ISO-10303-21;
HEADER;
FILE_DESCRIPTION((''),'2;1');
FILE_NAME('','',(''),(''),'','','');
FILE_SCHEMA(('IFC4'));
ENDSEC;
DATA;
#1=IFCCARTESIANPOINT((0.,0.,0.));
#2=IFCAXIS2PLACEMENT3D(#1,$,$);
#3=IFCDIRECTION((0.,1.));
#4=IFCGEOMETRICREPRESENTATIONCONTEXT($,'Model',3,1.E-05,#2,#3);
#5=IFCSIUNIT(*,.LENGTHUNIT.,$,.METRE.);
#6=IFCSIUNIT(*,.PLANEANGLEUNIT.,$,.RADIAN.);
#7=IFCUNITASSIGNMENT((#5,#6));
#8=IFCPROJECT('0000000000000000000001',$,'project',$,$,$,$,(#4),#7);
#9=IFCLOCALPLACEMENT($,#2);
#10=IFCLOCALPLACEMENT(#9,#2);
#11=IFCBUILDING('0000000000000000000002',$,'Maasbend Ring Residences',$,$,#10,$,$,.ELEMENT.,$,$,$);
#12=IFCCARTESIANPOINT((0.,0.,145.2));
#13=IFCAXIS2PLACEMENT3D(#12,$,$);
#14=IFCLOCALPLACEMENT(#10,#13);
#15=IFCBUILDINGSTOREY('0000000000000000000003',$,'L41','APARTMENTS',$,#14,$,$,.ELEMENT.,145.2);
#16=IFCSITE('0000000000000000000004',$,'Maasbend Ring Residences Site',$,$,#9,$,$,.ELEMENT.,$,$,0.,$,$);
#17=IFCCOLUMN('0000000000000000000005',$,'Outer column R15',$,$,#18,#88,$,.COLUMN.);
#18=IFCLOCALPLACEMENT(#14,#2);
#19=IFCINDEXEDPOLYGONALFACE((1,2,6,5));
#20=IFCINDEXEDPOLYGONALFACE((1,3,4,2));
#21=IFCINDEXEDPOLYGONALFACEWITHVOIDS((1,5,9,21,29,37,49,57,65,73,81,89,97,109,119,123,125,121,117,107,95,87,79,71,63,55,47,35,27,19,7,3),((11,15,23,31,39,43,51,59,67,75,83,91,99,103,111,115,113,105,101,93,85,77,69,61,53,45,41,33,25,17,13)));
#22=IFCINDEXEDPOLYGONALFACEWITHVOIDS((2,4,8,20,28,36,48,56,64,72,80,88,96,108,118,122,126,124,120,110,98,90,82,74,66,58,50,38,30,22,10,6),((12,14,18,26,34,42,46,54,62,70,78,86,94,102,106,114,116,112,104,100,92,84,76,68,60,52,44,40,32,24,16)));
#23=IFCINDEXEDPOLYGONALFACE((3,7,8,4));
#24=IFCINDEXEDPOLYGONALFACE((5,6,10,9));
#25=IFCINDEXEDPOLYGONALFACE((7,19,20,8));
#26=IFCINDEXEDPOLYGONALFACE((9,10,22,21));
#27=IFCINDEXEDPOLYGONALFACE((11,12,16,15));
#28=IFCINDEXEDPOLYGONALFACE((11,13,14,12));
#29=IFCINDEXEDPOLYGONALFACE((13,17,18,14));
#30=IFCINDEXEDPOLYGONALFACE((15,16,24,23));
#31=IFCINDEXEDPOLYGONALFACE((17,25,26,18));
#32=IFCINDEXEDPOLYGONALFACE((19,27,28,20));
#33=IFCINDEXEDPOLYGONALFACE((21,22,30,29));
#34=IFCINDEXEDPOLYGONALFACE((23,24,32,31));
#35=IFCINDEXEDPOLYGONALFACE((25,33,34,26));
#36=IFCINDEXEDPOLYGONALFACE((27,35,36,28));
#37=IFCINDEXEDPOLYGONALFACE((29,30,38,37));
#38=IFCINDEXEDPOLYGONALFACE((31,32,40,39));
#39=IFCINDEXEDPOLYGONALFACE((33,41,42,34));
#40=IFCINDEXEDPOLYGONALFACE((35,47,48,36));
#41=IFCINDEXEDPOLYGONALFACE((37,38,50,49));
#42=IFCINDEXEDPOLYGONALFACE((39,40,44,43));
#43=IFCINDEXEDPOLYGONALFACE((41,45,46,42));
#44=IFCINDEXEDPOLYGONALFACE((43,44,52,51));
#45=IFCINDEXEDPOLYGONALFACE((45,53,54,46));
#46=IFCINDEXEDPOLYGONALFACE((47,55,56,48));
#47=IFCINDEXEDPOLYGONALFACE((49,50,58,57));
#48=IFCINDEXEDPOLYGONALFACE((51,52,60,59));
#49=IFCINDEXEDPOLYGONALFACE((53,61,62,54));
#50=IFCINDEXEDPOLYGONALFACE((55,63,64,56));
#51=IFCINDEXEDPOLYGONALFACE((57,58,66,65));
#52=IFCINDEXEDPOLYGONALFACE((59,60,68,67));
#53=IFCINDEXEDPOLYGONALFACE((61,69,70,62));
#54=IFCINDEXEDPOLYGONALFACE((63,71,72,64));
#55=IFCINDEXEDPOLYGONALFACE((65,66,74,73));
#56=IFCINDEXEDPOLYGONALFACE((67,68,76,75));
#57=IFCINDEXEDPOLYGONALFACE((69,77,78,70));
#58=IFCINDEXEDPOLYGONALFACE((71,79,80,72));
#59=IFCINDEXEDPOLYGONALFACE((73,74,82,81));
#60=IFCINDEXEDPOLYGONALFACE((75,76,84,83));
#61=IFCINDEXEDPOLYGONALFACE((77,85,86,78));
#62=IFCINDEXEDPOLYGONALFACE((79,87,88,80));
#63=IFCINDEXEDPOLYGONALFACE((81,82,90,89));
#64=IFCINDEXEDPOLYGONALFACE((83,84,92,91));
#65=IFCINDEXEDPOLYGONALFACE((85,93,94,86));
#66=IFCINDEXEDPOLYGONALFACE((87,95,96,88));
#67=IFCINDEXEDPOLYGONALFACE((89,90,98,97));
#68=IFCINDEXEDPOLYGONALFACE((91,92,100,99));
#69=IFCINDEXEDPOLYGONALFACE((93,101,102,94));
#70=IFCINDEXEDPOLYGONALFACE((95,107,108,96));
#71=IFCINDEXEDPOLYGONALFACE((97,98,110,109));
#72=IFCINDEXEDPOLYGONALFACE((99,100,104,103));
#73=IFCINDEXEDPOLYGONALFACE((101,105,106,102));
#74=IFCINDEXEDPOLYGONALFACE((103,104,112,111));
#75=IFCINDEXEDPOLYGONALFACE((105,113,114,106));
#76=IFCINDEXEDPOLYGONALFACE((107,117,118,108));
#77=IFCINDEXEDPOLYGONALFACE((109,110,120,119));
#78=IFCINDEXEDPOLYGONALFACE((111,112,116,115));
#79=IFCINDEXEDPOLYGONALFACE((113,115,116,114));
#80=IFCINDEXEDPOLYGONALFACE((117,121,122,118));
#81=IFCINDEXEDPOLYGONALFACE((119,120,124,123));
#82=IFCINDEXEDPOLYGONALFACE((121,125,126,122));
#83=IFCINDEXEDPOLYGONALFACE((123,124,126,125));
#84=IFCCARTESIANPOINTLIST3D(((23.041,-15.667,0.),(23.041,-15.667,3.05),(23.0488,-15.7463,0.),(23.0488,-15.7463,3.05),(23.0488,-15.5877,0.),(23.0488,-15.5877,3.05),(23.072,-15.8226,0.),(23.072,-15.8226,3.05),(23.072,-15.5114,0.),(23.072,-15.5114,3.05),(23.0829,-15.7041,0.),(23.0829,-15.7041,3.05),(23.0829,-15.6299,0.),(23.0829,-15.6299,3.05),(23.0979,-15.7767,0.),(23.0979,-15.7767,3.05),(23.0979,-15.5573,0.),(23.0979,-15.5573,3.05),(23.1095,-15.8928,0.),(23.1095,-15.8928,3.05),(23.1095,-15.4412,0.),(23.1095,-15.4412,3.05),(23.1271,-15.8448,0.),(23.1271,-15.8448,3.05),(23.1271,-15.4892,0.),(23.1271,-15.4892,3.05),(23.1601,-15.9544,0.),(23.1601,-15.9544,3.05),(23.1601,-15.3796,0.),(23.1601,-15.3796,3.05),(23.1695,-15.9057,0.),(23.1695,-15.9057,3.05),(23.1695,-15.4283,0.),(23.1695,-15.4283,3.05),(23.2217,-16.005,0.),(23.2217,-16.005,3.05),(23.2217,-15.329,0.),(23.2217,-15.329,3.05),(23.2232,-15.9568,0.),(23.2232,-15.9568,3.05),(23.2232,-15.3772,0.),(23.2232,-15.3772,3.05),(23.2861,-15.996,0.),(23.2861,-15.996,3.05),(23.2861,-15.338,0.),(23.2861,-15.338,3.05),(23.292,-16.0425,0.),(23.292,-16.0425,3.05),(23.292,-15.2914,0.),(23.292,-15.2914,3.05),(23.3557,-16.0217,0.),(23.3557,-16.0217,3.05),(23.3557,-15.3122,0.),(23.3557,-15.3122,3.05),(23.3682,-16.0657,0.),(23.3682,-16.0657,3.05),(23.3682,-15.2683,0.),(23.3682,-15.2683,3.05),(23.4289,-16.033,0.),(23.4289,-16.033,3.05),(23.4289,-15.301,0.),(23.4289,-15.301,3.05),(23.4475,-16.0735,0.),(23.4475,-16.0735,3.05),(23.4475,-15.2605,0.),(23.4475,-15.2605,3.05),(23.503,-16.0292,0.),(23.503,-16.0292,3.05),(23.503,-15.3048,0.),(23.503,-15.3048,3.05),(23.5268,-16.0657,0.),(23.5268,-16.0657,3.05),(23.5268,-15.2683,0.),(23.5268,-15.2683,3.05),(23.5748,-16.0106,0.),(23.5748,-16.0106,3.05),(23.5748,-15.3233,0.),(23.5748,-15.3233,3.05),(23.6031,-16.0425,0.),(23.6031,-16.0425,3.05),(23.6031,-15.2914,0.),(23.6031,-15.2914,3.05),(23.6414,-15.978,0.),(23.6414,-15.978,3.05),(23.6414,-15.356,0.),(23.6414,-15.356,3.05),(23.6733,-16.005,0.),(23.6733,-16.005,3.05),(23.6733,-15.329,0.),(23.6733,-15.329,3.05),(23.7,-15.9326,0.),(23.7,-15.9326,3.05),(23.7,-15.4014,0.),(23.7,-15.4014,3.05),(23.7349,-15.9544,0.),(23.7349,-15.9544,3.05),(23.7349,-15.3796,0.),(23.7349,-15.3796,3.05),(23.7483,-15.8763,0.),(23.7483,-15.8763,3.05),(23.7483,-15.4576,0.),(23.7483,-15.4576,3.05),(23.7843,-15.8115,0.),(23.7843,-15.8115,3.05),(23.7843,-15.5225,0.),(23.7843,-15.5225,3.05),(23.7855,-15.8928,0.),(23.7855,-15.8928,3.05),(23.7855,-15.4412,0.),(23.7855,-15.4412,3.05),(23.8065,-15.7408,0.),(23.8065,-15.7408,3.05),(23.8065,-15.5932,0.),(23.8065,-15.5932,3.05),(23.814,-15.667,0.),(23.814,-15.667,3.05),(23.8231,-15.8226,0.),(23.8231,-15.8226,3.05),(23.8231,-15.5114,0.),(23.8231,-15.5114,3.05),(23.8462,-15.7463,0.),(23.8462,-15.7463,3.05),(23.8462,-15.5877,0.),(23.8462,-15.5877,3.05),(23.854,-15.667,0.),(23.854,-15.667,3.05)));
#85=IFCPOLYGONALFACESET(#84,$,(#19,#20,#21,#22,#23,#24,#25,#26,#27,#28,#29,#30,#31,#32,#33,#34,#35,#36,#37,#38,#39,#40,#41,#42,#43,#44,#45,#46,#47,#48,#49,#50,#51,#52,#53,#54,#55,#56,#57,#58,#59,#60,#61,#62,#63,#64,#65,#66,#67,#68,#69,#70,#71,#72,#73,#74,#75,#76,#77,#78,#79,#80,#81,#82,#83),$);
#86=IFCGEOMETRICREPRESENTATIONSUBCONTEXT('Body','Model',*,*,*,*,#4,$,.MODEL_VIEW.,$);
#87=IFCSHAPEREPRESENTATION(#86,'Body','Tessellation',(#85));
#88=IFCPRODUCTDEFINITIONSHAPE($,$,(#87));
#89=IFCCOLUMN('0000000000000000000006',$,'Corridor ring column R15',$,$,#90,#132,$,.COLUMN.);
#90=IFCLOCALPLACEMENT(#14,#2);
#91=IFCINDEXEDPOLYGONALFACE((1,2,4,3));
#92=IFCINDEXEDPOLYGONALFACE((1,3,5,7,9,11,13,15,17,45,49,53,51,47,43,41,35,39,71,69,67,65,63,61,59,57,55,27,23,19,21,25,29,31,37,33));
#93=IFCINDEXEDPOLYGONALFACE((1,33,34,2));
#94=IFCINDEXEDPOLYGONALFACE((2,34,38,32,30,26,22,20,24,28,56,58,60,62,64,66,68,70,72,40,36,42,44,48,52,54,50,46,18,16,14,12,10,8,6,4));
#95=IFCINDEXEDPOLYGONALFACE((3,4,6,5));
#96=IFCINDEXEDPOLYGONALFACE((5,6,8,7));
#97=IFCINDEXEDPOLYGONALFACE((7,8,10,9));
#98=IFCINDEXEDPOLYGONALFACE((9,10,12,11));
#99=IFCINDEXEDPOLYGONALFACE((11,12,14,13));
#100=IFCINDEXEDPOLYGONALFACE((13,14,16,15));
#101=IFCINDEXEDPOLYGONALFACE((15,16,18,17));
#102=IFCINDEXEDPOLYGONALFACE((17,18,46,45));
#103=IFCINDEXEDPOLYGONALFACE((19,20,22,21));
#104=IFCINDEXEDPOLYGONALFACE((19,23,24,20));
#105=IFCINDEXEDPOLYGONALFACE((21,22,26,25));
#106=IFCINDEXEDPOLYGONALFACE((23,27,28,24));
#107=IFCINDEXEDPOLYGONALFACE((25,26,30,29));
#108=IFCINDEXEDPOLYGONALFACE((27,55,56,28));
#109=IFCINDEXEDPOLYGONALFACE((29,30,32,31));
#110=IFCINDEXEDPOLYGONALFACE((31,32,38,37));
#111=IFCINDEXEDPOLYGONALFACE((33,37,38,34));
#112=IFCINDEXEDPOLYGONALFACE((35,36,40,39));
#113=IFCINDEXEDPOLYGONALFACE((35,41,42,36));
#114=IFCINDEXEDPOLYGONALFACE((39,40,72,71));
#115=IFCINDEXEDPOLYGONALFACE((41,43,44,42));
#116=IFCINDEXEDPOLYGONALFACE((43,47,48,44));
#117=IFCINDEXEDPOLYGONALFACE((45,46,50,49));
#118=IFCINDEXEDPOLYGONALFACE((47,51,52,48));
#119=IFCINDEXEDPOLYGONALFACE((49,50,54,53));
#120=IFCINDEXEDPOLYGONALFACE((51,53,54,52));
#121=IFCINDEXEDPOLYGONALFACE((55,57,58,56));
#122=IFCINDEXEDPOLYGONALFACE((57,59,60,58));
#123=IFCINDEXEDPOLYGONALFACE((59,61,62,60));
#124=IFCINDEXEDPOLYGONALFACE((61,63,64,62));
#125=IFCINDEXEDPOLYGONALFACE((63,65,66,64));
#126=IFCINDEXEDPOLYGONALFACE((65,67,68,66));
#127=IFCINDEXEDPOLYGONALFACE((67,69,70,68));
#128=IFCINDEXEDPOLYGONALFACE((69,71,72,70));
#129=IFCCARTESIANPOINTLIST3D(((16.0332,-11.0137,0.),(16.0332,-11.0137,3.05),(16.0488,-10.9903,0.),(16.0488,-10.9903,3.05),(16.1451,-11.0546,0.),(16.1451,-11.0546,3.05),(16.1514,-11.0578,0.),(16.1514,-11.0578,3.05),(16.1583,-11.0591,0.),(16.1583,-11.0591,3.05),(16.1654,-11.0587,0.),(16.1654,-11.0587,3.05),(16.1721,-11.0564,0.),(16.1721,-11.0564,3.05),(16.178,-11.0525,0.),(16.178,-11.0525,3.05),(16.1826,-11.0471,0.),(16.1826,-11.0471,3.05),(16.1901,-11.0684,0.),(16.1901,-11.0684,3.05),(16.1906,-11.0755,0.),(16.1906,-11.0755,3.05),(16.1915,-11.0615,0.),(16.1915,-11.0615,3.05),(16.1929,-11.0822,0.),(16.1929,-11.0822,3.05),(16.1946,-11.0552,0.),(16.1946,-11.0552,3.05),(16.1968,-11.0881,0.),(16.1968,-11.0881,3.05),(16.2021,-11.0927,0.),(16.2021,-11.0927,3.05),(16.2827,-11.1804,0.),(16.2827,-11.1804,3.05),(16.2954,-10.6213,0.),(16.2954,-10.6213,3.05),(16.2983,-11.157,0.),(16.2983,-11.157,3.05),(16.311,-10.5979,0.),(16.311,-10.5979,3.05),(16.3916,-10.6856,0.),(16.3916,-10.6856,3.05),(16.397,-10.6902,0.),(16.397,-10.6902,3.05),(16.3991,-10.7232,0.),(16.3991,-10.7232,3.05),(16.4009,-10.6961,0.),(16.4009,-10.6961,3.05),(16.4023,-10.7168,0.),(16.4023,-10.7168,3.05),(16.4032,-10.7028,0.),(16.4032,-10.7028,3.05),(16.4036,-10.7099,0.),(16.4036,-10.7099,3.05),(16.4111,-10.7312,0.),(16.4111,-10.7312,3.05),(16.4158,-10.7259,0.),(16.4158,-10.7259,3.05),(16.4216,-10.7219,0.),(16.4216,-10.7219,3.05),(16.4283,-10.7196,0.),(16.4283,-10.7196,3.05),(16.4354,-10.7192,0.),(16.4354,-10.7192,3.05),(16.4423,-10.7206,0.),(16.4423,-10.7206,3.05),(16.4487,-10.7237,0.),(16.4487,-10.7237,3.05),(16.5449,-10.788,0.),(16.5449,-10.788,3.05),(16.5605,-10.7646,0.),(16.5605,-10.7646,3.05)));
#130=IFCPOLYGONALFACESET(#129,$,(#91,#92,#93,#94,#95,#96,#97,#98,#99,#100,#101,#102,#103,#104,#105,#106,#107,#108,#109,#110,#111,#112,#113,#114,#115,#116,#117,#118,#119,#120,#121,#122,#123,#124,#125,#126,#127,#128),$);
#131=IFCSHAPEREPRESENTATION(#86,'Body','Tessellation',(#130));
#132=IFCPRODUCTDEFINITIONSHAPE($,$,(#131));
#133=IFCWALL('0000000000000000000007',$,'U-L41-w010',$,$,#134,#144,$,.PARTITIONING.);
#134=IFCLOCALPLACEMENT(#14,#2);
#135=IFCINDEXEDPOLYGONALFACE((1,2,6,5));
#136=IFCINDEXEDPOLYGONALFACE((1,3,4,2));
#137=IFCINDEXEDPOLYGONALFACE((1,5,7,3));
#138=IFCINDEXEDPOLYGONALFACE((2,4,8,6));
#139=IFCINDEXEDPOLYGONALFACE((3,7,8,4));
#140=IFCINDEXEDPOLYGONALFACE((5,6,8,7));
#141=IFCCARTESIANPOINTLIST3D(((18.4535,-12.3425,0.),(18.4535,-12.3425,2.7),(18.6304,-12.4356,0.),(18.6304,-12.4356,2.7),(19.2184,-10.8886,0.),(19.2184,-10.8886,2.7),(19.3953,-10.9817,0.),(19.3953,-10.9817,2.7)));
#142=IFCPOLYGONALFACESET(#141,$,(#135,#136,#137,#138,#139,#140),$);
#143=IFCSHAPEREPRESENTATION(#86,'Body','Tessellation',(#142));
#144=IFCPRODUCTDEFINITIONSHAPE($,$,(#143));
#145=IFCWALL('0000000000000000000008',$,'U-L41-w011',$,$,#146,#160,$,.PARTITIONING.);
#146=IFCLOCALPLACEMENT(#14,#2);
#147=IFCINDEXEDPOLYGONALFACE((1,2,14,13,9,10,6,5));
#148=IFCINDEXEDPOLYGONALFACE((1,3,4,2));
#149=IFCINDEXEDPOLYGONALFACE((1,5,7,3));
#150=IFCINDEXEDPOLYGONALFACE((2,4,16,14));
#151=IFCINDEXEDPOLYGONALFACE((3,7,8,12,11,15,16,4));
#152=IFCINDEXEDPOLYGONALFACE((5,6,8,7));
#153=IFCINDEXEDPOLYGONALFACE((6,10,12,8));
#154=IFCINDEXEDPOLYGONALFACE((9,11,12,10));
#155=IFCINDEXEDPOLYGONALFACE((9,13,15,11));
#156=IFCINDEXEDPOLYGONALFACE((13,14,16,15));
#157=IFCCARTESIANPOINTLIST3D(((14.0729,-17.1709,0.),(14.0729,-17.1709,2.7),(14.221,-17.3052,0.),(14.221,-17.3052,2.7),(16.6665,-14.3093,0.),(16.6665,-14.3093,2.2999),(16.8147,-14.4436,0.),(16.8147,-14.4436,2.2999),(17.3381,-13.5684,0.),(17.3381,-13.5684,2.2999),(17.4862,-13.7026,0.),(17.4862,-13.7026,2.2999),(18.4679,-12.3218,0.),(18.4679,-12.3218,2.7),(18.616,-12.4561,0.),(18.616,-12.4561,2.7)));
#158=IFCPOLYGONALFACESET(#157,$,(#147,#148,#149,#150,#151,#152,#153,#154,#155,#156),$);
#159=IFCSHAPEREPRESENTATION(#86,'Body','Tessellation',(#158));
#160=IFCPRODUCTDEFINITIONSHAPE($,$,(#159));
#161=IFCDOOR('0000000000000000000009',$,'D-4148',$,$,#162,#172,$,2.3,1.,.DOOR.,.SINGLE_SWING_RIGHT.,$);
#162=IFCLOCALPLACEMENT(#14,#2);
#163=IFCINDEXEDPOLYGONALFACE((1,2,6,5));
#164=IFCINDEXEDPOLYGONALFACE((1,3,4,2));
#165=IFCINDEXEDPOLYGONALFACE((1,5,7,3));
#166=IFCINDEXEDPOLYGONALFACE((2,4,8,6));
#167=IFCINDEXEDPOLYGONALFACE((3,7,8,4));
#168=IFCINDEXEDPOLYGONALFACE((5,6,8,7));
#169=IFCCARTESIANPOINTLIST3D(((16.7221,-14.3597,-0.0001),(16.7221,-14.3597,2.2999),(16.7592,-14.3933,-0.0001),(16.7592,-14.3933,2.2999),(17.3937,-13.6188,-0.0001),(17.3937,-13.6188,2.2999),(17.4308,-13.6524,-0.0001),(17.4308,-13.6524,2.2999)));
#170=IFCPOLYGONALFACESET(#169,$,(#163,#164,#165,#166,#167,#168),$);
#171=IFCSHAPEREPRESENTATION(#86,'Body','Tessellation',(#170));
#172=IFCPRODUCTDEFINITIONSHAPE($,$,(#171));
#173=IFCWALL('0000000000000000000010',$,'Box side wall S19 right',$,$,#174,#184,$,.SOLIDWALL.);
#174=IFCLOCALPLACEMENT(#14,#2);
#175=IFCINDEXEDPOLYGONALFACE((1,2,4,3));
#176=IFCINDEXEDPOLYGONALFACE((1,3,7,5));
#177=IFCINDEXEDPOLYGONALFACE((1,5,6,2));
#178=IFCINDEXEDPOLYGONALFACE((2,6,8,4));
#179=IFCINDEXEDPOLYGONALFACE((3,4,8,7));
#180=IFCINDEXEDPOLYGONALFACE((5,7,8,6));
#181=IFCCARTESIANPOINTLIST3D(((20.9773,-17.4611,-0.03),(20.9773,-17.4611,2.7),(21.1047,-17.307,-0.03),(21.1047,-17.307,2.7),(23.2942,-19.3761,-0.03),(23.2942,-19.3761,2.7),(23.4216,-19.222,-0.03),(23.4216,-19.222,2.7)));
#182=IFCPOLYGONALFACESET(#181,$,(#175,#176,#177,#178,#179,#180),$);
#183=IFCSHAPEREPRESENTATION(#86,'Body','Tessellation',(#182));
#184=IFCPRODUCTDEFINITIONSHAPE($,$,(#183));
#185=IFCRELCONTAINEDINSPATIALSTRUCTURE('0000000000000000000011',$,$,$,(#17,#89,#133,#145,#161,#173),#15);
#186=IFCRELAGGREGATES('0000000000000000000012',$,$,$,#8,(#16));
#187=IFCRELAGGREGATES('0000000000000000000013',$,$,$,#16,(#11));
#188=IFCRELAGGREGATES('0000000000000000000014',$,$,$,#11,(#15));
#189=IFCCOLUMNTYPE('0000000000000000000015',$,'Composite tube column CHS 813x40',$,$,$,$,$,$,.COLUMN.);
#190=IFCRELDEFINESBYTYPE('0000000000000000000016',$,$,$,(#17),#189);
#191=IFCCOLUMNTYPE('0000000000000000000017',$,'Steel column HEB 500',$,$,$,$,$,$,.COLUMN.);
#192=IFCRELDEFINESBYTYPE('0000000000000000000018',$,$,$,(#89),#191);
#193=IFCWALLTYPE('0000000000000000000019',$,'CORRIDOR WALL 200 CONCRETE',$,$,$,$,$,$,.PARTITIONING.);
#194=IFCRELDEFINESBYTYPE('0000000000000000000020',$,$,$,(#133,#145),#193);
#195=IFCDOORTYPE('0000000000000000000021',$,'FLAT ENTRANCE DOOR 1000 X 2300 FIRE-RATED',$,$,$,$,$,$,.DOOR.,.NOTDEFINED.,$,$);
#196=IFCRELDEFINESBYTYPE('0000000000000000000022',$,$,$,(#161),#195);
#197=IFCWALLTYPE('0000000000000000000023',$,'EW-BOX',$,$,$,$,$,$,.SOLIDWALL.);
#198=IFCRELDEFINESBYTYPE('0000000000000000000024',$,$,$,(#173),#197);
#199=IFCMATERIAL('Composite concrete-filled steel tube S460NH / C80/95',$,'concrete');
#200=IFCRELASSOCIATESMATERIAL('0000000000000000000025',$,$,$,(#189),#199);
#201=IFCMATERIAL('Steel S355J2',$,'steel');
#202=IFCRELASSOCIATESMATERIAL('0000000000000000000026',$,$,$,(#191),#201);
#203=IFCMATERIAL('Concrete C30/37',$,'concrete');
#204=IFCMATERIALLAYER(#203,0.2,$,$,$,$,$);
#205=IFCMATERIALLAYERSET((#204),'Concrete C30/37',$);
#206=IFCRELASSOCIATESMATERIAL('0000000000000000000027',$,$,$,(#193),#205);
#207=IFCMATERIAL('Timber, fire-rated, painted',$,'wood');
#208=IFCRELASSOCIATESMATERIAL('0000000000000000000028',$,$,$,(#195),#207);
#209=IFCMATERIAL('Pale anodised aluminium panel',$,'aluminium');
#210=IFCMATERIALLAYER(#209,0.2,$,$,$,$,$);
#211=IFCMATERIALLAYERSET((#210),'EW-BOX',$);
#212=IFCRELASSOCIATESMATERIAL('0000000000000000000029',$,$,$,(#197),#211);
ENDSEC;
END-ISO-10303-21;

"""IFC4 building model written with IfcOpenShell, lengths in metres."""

from ifc_helpers import new_model, si_unit, direction, frame, frame_2d, origin, origin_2d, place, context, subcontext, project, spatial, rectangle, hollow_circle, i_section, extrude, material, layer, layer_set, material_profile, profile_set, type_object, element, fill, save


model = new_model("IFC4")

# Units and contexts
model_context = context("Model", 3, precision=1e-05, world=origin(), true_north=direction((0.0, 1.0)))
body_context = subcontext(model_context, "Body", "Model", "MODEL_VIEW")
ifc_project = project(units=[si_unit("LENGTHUNIT", "METRE"), si_unit("PLANEANGLEUNIT", "RADIAN")], contexts=[model_context])

# Site, building, storey
site_placement = place(None, origin())
site = spatial("IfcSite", under=ifc_project, at=site_placement, Name="Maasbend Ring Residences Site", CompositionType="ELEMENT", RefElevation=0.0)
building_placement = place(site_placement, origin())
building = spatial("IfcBuilding", under=site, at=building_placement, Name="Maasbend Ring Residences", CompositionType="ELEMENT")
storey_placement = place(building_placement, frame((0.0, 0.0, 145.2)))
storey = spatial("IfcBuildingStorey", under=building, at=storey_placement, Name="L41", Description="APARTMENTS", CompositionType="ELEMENT", Elevation=145.2)

# Columns
ifc_material_1 = material(Name="Composite concrete-filled steel tube S460NH / C80/95", Category="concrete")
ifc_material_profile_1 = material_profile(ifc_material_1, hollow_circle(Radius=0.4065, WallThickness=0.04, at=origin_2d()), Name="Composite tube column CHS 813x40")
ifc_profile_set_1 = profile_set([ifc_material_profile_1], Name="Composite concrete-filled steel tube S460NH / C80/95")
column_type_1 = type_object("IfcColumnType", Name="Composite tube column CHS 813x40", PredefinedType="COLUMN", material=ifc_profile_set_1)
column_1_placement = place(storey_placement, frame((23.4475, -15.667, 0.0), z_axis=(0.0, 0.0, 1.0), x_axis=(1.0, 0.0, 0.0)))
element("IfcColumn", 1, at=column_1_placement, inside=storey, type_object=column_type_1, Name="Outer column R15", PredefinedType="COLUMN", context=body_context, shape_type="SweptSolid", body=[
    extrude(hollow_circle(Radius=0.4065, WallThickness=0.04, at=origin_2d()), origin(), (0.0, 0.0, 1.0), 3.05),
])
ifc_material_2 = material(Name="Steel S355J2", Category="steel")
ifc_material_profile_2 = material_profile(ifc_material_2, i_section(OverallWidth=0.3, OverallDepth=0.5, WebThickness=0.0144, FlangeThickness=0.0281, FilletRadius=0.0271, at=origin_2d()), Name="HEB 500")
ifc_profile_set_2 = profile_set([ifc_material_profile_2], Name="Steel S355J2")
column_type_2 = type_object("IfcColumnType", Name="Steel column HEB 500", PredefinedType="COLUMN", material=ifc_profile_set_2)
column_2_placement = place(storey_placement, frame((16.2969, -10.8892, 0.0), z_axis=(0.0, 0.0, 1.0), x_axis=(0.83147, -0.55557, 0.0)))
element("IfcColumn", 2, at=column_2_placement, inside=storey, type_object=column_type_2, Name="Corridor ring column R15", PredefinedType="COLUMN", context=body_context, shape_type="SweptSolid", body=[
    extrude(i_section(OverallWidth=0.3, OverallDepth=0.5, WebThickness=0.0144, FlangeThickness=0.0281, FilletRadius=0.0271, at=origin_2d()), origin(), (0.0, 0.0, 1.0), 3.05),
])

# Wall
ifc_material_3 = material(Name="Concrete C30/37", Category="concrete")
ifc_layer_1 = layer(ifc_material_3, 0.2)
ifc_layer_set_1 = layer_set([ifc_layer_1], Name="Concrete C30/37")
wall_type_1 = type_object("IfcWallType", Name="CORRIDOR WALL 200 CONCRETE", PredefinedType="PARTITIONING", material=ifc_layer_set_1)
wall_1_placement = place(storey_placement, frame((18.542, -12.3889, 0.0), z_axis=(0.0, 0.0, 1.0), x_axis=(0.465606, 0.884992, 0.0)))
element("IfcWall", 3, at=wall_1_placement, inside=storey, type_object=wall_type_1, Name="U-L41-w010", PredefinedType="PARTITIONING", context=body_context, shape_type="SweptSolid", body=[
    extrude(rectangle(XDim=1.6428, YDim=0.2, at=frame_2d((0.8213, 0.0))), origin(), (0.0, 0.0, 1.0), 2.7),
])

# Wall, opening, door
wall_2_placement = place(storey_placement, frame((14.147, -17.238, 0.0), z_axis=(0.0, 0.0, 1.0), x_axis=(0.671562, 0.740949, 0.0)))
wall_2 = element("IfcWall", 4, at=wall_2_placement, inside=storey, type_object=wall_type_1, Name="U-L41-w011", PredefinedType="PARTITIONING", context=body_context, shape_type="SweptSolid", body=[
    extrude(rectangle(XDim=6.5444, YDim=0.2, at=frame_2d((3.2722, 0.0))), origin(), (0.0, 0.0, 1.0), 2.7),
])
opening_1_placement = place(wall_2_placement, frame((3.8621, 0.0, 0.0)))
opening_1 = element("IfcOpeningElement", 5, at=opening_1_placement, cuts=wall_2, PredefinedType="OPENING", context=body_context, shape_type="SweptSolid", body=[
    extrude(rectangle(XDim=1.0, YDim=2.3, at=frame_2d((0.5, 1.1499))), frame((0.0, 0.1099, 0.0), z_axis=(0.0, -1.0, 0.0), x_axis=(1.0, 0.0, 0.0)), (0.0, 0.0, 1.0), 0.22),
])
ifc_material_4 = material(Name="Timber, fire-rated, painted", Category="wood")
door_type_1 = type_object("IfcDoorType", Name="FLAT ENTRANCE DOOR 1000 X 2300 FIRE-RATED", OperationType="NOTDEFINED", PredefinedType="DOOR", material=ifc_material_4)
door_1_placement = place(opening_1_placement, origin())
door_1 = element("IfcDoor", 6, at=door_1_placement, inside=storey, type_object=door_type_1, Name="D-4148", OperationType="SINGLE_SWING_RIGHT", OverallHeight=2.3, OverallWidth=1.0, PredefinedType="DOOR", context=body_context, shape_type="SweptSolid", body=[
    extrude(rectangle(XDim=1.0, YDim=2.3, at=frame_2d((0.5, 1.1499))), frame((0.0, 0.0249, 0.0), z_axis=(0.0, -1.0, 0.0), x_axis=(1.0, 0.0, 0.0)), (0.0, 0.0, 1.0), 0.05),
])
fill(opening_1, door_1)

# Wall
ifc_material_5 = material(Name="Pale anodised aluminium panel", Category="aluminium")
ifc_layer_2 = layer(ifc_material_5, 0.2)
ifc_layer_set_2 = layer_set([ifc_layer_2], Name="EW-BOX")
wall_type_2 = type_object("IfcWallType", Name="EW-BOX", PredefinedType="SOLIDWALL", material=ifc_layer_set_2)
wall_3_placement = place(storey_placement, frame((21.041, -17.384, -0.03), z_axis=(0.0, 0.0, 1.0), x_axis=(0.770785, -0.637096, 0.0)))
element("IfcWall", 7, at=wall_3_placement, inside=storey, type_object=wall_type_2, Name="Box side wall S19 right", PredefinedType="SOLIDWALL", context=body_context, shape_type="SweptSolid", body=[
    extrude(rectangle(XDim=3.0059, YDim=0.2, at=frame_2d((1.5029, 0.0))), origin(), (0.0, 0.0, 1.0), 2.73),
])

save(model, "model.ifc")
